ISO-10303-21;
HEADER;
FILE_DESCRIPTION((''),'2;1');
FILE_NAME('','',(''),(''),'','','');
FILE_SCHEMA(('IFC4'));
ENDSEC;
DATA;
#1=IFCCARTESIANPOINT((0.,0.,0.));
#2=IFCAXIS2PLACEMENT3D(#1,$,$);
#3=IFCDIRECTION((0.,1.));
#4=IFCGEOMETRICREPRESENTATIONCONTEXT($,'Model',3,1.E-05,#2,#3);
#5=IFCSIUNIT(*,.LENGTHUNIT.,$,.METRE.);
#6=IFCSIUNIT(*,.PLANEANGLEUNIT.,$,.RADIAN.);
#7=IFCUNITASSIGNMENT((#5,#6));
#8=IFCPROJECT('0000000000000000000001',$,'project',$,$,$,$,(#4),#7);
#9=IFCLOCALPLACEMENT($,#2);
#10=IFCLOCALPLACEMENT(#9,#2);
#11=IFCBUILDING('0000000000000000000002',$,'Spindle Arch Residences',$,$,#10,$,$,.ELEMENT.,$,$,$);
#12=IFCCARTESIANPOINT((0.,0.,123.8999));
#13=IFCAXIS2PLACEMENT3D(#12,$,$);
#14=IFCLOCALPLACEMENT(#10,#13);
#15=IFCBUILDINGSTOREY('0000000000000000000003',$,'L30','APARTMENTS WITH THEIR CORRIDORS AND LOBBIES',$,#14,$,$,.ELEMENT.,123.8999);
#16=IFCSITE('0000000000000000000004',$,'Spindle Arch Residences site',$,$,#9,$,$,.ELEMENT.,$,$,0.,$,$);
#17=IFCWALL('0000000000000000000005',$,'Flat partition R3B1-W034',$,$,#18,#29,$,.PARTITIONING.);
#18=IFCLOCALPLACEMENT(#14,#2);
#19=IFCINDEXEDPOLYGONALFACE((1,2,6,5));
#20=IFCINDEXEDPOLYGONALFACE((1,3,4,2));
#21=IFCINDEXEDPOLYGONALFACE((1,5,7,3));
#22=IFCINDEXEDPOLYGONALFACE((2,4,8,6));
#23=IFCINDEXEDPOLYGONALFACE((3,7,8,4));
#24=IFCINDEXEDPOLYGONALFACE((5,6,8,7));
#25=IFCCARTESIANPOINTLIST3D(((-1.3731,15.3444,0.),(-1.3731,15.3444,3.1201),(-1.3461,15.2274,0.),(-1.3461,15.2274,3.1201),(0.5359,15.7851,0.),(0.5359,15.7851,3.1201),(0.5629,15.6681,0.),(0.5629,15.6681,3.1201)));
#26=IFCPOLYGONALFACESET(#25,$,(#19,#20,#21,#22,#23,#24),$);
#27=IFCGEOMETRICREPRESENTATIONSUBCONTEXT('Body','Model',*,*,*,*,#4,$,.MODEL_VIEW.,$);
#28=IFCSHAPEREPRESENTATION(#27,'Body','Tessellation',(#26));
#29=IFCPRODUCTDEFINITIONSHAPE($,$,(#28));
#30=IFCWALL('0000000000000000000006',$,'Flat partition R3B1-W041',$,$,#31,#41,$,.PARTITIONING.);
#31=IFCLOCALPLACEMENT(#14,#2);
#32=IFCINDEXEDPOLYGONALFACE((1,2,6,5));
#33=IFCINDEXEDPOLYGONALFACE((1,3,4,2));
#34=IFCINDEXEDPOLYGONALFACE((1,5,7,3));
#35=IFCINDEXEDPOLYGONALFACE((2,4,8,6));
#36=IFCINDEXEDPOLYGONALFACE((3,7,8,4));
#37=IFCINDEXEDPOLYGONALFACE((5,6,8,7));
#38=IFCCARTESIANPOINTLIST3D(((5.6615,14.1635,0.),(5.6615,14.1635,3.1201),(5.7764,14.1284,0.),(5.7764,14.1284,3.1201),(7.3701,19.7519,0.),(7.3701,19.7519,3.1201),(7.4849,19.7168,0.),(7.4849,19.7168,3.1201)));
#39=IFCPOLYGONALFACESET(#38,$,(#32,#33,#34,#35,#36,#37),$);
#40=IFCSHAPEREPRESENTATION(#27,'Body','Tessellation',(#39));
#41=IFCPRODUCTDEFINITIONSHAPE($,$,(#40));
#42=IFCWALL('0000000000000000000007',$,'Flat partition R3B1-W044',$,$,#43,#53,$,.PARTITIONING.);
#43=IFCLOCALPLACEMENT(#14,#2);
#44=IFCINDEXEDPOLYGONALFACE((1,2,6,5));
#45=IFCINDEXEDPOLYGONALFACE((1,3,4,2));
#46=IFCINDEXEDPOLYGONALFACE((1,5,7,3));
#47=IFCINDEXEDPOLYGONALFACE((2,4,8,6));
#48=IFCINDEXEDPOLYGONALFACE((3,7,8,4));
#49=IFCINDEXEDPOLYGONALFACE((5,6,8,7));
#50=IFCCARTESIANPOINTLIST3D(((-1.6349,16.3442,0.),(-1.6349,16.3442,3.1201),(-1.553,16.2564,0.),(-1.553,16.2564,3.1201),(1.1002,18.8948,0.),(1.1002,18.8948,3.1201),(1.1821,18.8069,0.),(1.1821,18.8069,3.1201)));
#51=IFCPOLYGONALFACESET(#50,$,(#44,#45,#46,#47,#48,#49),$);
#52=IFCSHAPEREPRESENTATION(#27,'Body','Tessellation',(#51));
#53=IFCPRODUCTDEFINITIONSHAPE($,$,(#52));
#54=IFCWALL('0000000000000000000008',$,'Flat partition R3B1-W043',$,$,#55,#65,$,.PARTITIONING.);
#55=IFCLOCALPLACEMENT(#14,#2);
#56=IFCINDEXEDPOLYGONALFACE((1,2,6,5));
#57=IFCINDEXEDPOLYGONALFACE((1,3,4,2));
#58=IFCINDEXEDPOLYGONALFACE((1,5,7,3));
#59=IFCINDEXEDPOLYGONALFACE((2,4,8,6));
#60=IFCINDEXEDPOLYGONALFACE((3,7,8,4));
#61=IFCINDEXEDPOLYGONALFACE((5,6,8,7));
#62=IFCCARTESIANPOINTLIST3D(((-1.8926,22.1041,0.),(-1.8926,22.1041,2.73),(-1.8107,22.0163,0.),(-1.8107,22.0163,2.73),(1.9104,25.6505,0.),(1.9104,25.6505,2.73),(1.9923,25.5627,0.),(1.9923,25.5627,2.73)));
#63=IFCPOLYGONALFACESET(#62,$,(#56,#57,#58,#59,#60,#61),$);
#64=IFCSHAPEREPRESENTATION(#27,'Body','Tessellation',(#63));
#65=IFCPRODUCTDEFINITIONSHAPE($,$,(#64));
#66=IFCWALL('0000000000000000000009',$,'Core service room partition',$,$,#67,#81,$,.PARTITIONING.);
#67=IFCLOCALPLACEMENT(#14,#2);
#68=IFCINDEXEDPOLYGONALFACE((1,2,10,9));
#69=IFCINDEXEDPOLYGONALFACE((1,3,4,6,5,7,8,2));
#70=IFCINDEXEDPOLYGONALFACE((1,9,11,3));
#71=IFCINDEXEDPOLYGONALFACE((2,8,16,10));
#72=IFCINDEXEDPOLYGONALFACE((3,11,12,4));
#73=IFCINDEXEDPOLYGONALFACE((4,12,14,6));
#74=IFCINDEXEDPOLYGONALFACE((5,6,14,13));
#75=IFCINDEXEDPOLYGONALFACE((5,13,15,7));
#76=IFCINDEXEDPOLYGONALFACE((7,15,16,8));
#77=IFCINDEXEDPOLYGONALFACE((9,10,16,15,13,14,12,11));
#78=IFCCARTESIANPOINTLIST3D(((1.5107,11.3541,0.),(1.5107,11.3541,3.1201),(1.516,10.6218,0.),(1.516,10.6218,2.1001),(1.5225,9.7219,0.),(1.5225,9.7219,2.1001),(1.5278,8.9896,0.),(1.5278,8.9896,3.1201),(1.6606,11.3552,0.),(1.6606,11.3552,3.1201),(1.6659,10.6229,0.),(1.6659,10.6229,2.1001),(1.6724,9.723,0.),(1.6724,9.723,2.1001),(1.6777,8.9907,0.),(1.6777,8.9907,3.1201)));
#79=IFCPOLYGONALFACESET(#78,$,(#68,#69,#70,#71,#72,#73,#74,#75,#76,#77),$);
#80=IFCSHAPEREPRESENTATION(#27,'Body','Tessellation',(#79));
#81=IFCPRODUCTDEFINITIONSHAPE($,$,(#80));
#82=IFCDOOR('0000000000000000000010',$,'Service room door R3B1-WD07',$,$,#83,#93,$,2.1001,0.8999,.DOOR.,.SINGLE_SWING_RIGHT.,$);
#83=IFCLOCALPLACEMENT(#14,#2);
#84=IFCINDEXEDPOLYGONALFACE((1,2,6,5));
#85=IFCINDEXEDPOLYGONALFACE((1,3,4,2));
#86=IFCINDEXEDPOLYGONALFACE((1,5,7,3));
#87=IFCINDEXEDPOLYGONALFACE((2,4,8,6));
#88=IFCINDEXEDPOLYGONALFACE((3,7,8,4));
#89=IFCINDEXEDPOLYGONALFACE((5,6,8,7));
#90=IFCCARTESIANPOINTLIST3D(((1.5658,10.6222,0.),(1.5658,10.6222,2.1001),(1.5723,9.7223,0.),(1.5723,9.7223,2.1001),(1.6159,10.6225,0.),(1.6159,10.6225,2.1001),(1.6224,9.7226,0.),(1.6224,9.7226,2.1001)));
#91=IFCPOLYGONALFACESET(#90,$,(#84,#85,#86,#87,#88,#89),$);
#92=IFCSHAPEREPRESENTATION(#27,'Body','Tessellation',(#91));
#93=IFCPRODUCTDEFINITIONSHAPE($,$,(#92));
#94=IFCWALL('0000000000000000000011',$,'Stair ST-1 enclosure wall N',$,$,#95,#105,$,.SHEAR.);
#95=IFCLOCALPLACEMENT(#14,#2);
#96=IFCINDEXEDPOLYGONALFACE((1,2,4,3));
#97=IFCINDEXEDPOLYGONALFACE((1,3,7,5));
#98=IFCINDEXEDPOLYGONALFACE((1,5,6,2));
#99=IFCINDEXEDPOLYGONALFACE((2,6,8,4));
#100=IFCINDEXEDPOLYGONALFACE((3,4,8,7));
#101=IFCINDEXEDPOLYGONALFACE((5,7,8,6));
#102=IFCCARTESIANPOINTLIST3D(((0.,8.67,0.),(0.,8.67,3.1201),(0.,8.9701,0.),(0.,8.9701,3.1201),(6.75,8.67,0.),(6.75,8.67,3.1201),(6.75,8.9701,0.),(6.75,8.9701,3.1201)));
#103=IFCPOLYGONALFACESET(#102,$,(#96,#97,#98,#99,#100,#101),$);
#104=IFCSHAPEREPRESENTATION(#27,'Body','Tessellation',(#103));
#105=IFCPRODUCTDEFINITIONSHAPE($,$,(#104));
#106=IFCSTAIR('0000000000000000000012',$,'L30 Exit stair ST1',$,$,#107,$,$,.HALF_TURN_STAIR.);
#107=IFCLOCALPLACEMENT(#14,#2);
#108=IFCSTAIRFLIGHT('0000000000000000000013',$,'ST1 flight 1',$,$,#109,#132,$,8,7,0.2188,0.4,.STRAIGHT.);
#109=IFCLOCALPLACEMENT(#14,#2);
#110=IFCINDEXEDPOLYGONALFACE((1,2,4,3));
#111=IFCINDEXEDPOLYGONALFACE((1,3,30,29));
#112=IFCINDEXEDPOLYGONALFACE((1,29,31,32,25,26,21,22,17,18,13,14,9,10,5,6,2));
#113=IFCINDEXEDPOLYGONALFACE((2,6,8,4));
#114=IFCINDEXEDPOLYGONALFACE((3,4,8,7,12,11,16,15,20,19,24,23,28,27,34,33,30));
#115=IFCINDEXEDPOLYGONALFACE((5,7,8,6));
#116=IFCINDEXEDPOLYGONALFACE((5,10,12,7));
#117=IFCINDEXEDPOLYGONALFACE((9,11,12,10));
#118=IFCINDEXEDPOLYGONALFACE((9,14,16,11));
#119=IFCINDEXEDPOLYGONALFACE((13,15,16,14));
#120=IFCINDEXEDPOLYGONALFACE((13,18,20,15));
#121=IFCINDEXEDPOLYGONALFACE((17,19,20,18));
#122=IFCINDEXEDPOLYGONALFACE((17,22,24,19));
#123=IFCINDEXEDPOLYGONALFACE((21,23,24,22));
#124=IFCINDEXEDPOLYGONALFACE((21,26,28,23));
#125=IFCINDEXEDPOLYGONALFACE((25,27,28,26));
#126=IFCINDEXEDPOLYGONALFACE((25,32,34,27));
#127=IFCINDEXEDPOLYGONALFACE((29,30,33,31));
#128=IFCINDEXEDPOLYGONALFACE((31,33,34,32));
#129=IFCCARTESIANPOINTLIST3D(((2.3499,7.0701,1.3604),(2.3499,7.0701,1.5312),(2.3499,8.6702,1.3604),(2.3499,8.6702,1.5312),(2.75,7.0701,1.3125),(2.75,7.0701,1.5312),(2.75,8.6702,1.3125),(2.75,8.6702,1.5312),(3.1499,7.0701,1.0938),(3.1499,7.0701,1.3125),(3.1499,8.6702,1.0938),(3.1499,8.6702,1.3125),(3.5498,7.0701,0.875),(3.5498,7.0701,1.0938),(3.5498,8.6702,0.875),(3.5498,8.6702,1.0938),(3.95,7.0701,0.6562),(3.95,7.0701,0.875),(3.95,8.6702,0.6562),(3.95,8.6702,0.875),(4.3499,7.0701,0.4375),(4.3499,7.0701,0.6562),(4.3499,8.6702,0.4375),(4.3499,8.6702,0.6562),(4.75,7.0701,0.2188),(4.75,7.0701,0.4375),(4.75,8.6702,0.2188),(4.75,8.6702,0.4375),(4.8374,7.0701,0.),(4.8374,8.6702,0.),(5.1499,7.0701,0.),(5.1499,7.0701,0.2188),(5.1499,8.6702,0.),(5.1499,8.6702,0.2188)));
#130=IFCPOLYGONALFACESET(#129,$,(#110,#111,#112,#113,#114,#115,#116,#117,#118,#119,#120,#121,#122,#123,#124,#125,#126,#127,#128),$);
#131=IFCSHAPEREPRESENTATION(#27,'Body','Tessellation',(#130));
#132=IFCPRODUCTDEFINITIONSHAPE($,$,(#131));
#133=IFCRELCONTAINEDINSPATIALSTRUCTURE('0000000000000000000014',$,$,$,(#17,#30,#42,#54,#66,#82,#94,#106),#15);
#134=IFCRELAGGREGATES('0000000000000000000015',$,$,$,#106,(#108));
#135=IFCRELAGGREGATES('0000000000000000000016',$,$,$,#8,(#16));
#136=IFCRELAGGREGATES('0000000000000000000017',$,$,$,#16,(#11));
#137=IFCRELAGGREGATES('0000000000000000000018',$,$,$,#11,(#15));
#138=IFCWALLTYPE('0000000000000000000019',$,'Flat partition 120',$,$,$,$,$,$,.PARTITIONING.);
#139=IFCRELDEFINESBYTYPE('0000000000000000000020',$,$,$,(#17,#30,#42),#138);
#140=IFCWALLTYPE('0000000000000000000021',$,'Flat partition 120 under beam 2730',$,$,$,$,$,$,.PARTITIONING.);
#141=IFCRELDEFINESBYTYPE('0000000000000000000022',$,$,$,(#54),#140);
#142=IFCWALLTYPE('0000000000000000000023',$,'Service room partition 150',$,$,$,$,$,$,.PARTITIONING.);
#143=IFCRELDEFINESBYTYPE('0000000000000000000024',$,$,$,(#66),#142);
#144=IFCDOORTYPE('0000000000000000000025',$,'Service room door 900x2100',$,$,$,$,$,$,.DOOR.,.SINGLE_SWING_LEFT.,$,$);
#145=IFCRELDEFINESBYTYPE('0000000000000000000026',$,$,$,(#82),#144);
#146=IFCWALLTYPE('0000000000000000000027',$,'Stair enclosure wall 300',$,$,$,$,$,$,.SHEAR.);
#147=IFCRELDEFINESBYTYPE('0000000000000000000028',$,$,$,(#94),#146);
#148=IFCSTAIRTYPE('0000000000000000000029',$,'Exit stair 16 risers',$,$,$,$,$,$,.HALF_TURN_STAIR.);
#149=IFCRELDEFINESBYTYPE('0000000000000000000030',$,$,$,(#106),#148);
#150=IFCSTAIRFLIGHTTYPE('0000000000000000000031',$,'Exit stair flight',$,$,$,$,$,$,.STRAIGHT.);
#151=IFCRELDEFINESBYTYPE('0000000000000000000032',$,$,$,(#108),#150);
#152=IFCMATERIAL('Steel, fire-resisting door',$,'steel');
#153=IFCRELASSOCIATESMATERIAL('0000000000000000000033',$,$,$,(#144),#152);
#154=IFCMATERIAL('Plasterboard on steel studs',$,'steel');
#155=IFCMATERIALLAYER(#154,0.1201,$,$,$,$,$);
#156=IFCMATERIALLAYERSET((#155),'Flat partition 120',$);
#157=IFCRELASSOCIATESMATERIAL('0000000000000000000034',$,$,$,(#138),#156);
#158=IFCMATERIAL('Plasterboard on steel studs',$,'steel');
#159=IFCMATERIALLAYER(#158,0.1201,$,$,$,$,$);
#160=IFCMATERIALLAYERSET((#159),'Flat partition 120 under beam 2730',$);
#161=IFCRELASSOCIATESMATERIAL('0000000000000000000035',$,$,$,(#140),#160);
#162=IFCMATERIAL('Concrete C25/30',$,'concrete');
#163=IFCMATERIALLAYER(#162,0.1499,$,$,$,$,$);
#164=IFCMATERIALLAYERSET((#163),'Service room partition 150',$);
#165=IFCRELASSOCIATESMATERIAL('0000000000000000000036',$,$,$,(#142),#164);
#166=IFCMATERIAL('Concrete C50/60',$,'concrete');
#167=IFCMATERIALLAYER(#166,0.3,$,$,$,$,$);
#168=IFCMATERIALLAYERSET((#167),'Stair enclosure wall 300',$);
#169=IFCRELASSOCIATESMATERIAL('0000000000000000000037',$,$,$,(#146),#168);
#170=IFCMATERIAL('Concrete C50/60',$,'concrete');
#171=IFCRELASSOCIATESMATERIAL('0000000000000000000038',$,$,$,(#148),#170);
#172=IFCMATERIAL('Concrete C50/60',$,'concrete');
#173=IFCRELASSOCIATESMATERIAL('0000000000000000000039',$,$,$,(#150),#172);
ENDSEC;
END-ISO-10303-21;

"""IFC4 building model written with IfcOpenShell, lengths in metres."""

from ifc_helpers import new_model, si_unit, direction, frame, frame_2d, origin, place, context, subcontext, project, spatial, polyline, rectangle, outline, extrude, material, layer, layer_set, type_object, element, fill, aggregate, save


model = new_model("IFC4")

# Units and contexts
model_context = context("Model", 3, precision=1e-05, world=origin(), true_north=direction((0.0, 1.0)))
body_context = subcontext(model_context, "Body", "Model", "MODEL_VIEW")
ifc_project = project(units=[si_unit("LENGTHUNIT", "METRE"), si_unit("PLANEANGLEUNIT", "RADIAN")], contexts=[model_context])

# Site, building, storey
site_placement = place(None, origin())
site = spatial("IfcSite", under=ifc_project, at=site_placement, Name="Spindle Arch Residences site", CompositionType="ELEMENT", RefElevation=0.0)
building_placement = place(site_placement, origin())
building = spatial("IfcBuilding", under=site, at=building_placement, Name="Spindle Arch Residences", CompositionType="ELEMENT")
storey_placement = place(building_placement, frame((0.0, 0.0, 123.8999)))
storey = spatial("IfcBuildingStorey", under=building, at=storey_placement, Name="L30", Description="APARTMENTS WITH THEIR CORRIDORS AND LOBBIES", CompositionType="ELEMENT", Elevation=123.8999)

# Shared definitions
ifc_material_1 = material(Name="Steel, fire-resisting door", Category="steel")
door_type_1 = type_object("IfcDoorType", Name="Service room door 900x2100", OperationType="SINGLE_SWING_LEFT", PredefinedType="DOOR", material=ifc_material_1)

# Shared definitions
ifc_material_2 = material(Name="Plasterboard on steel studs", Category="steel")
ifc_layer_1 = layer(ifc_material_2, 0.1201)
ifc_layer_set_1 = layer_set([ifc_layer_1], Name="Flat partition 120")
wall_type_1 = type_object("IfcWallType", Name="Flat partition 120", PredefinedType="PARTITIONING", material=ifc_layer_set_1)

# Walls
wall_1_placement = place(storey_placement, frame((0.5493, 15.7266, 0.0), z_axis=(0.0, 0.0, 1.0), x_axis=(-0.974374, -0.224932, 0.0)))
element("IfcWall", 1, at=wall_1_placement, inside=storey, type_object=wall_type_1, Name="Flat partition R3B1-W034", PredefinedType="PARTITIONING", context=body_context, shape_type="SweptSolid", body=[
    extrude(rectangle(XDim=1.9592, YDim=0.1201, at=frame_2d((0.9795, 0.0))), origin(), (0.0, 0.0, 1.0), 3.1201),
])
wall_2_placement = place(storey_placement, frame((7.4275, 19.7344, 0.0), z_axis=(0.0, 0.0, 1.0), x_axis=(-0.292365, -0.956307, 0.0)))
element("IfcWall", 2, at=wall_2_placement, inside=storey, type_object=wall_type_1, Name="Flat partition R3B1-W041", PredefinedType="PARTITIONING", context=body_context, shape_type="SweptSolid", body=[
    extrude(rectangle(XDim=5.8438, YDim=0.1201, at=frame_2d((2.9219, 0.0))), origin(), (0.0, 0.0, 1.0), 3.1201),
])
wall_3_placement = place(storey_placement, frame((1.1411, 18.8508, 0.0), z_axis=(0.0, 0.0, 1.0), x_axis=(-0.731353, -0.682, 0.0)))
element("IfcWall", 3, at=wall_3_placement, inside=storey, type_object=wall_type_1, Name="Flat partition R3B1-W044", PredefinedType="PARTITIONING", context=body_context, shape_type="SweptSolid", body=[
    extrude(rectangle(XDim=3.7397, YDim=0.1201, at=frame_2d((1.8699, 0.0))), origin(), (0.0, 0.0, 1.0), 3.1201),
])
ifc_material_3 = material(Name="Plasterboard on steel studs", Category="steel")
ifc_layer_2 = layer(ifc_material_3, 0.1201)
ifc_layer_set_2 = layer_set([ifc_layer_2], Name="Flat partition 120 under beam 2730")
wall_type_2 = type_object("IfcWallType", Name="Flat partition 120 under beam 2730", PredefinedType="PARTITIONING", material=ifc_layer_set_2)
wall_4_placement = place(storey_placement, frame((1.9514, 25.6067, 0.0), z_axis=(0.0, 0.0, 1.0), x_axis=(-0.731349, -0.682004, 0.0)))
element("IfcWall", 4, at=wall_4_placement, inside=storey, type_object=wall_type_2, Name="Flat partition R3B1-W043", PredefinedType="PARTITIONING", context=body_context, shape_type="SweptSolid", body=[
    extrude(rectangle(XDim=5.2, YDim=0.1201, at=frame_2d((2.6001, 0.0))), origin(), (0.0, 0.0, 1.0), 2.73),
])

# Wall, opening, door
ifc_material_4 = material(Name="Concrete C25/30", Category="concrete")
ifc_layer_3 = layer(ifc_material_4, 0.1499)
ifc_layer_set_3 = layer_set([ifc_layer_3], Name="Service room partition 150")
wall_type_3 = type_object("IfcWallType", Name="Service room partition 150", PredefinedType="PARTITIONING", material=ifc_layer_set_3)
wall_5_placement = place(storey_placement, frame((1.5857, 11.3545, 0.0), z_axis=(0.0, 0.0, 1.0), x_axis=(0.007227, -0.999974, 0.0)))
wall_5 = element("IfcWall", 5, at=wall_5_placement, inside=storey, type_object=wall_type_3, Name="Core service room partition", PredefinedType="PARTITIONING", context=body_context, shape_type="SweptSolid", body=[
    extrude(rectangle(XDim=2.3645, YDim=0.1499, at=frame_2d((1.1821, 0.0))), origin(), (0.0, 0.0, 1.0), 3.1201),
])
opening_1_placement = place(wall_5_placement, frame((0.7322, 0.0, 0.0)))
opening_1 = element("IfcOpeningElement", 6, at=opening_1_placement, cuts=wall_5, PredefinedType="OPENING", context=body_context, shape_type="SweptSolid", body=[
    extrude(rectangle(XDim=0.8999, YDim=2.1001, at=frame_2d((0.45, 1.05))), frame((0.0, 0.085, 0.0), z_axis=(0.0, -1.0, 0.0), x_axis=(1.0, 0.0, 0.0)), (0.0, 0.0, 1.0), 0.1699),
])
door_1_placement = place(opening_1_placement, origin())
door_1 = element("IfcDoor", 7, at=door_1_placement, inside=storey, type_object=door_type_1, Name="Service room door R3B1-WD07", OperationType="SINGLE_SWING_RIGHT", OverallHeight=2.1001, OverallWidth=0.8999, PredefinedType="DOOR", context=body_context, shape_type="SweptSolid", body=[
    extrude(rectangle(XDim=0.8999, YDim=2.1001, at=frame_2d((0.45, 1.05))), frame((0.0, 0.0249, 0.0), z_axis=(0.0, -1.0, 0.0), x_axis=(1.0, 0.0, 0.0)), (0.0, 0.0, 1.0), 0.05),
])
fill(opening_1, door_1)

# Wall
ifc_material_5 = material(Name="Concrete C50/60", Category="concrete")
ifc_layer_4 = layer(ifc_material_5, 0.3)
ifc_layer_set_4 = layer_set([ifc_layer_4], Name="Stair enclosure wall 300")
wall_type_4 = type_object("IfcWallType", Name="Stair enclosure wall 300", PredefinedType="SHEAR", material=ifc_layer_set_4)
wall_6_placement = place(storey_placement, frame((0.0, 8.8201, 0.0), z_axis=(0.0, 0.0, 1.0), x_axis=(1.0, 0.0, 0.0)))
element("IfcWall", 8, at=wall_6_placement, inside=storey, type_object=wall_type_4, Name="Stair ST-1 enclosure wall N", PredefinedType="SHEAR", context=body_context, shape_type="SweptSolid", body=[
    extrude(rectangle(XDim=6.75, YDim=0.3, at=frame_2d((3.375, 0.0))), origin(), (0.0, 0.0, 1.0), 3.1201),
])

# Stair, stair flight
ifc_material_6 = material(Name="Concrete C50/60", Category="concrete")
stair_type = type_object("IfcStairType", Name="Exit stair 16 risers", PredefinedType="HALF_TURN_STAIR", material=ifc_material_6)
stair_placement = place(storey_placement, origin())
stair = element("IfcStair", 9, at=stair_placement, inside=storey, type_object=stair_type, Name="L30 Exit stair ST1", PredefinedType="HALF_TURN_STAIR")
ifc_material_7 = material(Name="Concrete C50/60", Category="concrete")
stair_flight_type = type_object("IfcStairFlightType", Name="Exit stair flight", PredefinedType="STRAIGHT", material=ifc_material_7)
stair_flight_placement = place(storey_placement, frame((5.1499, 7.8701, 0.0), z_axis=(0.0, 0.0, 1.0), x_axis=(-1.0, 0.0, 0.0)))
stair_flight = element("IfcStairFlight", 10, at=stair_flight_placement, type_object=stair_flight_type, Name="ST1 flight 1", NumberOfRisers=8, NumberOfTreads=7, PredefinedType="STRAIGHT", RiserHeight=0.2188, TreadLength=0.4, context=body_context, shape_type="SweptSolid", body=[
    extrude(outline(polyline([(0.0, 0.0), (0.0, 0.2188), (0.3999, 0.2188), (0.3999, 0.4375), (0.8, 0.4375), (0.8, 0.6562), (1.2, 0.6562), (1.2, 0.875), (1.6001, 0.875), (1.6001, 1.0938), (2.0, 1.0938), (2.0, 1.3125), (2.3999, 1.3125), (2.3999, 1.5312), (2.8, 1.5312), (2.8, 1.75), (2.8, 1.3604), (0.3125, 0.0), (0.0, 0.0)])), frame((0.0, 0.8, 0.0), z_axis=(0.0, -1.0, 0.0), x_axis=(1.0, 0.0, 0.0)), (0.0, 0.0, 1.0), 1.6001),
])
aggregate(stair, [stair_flight])

save(model, "model.ifc")
